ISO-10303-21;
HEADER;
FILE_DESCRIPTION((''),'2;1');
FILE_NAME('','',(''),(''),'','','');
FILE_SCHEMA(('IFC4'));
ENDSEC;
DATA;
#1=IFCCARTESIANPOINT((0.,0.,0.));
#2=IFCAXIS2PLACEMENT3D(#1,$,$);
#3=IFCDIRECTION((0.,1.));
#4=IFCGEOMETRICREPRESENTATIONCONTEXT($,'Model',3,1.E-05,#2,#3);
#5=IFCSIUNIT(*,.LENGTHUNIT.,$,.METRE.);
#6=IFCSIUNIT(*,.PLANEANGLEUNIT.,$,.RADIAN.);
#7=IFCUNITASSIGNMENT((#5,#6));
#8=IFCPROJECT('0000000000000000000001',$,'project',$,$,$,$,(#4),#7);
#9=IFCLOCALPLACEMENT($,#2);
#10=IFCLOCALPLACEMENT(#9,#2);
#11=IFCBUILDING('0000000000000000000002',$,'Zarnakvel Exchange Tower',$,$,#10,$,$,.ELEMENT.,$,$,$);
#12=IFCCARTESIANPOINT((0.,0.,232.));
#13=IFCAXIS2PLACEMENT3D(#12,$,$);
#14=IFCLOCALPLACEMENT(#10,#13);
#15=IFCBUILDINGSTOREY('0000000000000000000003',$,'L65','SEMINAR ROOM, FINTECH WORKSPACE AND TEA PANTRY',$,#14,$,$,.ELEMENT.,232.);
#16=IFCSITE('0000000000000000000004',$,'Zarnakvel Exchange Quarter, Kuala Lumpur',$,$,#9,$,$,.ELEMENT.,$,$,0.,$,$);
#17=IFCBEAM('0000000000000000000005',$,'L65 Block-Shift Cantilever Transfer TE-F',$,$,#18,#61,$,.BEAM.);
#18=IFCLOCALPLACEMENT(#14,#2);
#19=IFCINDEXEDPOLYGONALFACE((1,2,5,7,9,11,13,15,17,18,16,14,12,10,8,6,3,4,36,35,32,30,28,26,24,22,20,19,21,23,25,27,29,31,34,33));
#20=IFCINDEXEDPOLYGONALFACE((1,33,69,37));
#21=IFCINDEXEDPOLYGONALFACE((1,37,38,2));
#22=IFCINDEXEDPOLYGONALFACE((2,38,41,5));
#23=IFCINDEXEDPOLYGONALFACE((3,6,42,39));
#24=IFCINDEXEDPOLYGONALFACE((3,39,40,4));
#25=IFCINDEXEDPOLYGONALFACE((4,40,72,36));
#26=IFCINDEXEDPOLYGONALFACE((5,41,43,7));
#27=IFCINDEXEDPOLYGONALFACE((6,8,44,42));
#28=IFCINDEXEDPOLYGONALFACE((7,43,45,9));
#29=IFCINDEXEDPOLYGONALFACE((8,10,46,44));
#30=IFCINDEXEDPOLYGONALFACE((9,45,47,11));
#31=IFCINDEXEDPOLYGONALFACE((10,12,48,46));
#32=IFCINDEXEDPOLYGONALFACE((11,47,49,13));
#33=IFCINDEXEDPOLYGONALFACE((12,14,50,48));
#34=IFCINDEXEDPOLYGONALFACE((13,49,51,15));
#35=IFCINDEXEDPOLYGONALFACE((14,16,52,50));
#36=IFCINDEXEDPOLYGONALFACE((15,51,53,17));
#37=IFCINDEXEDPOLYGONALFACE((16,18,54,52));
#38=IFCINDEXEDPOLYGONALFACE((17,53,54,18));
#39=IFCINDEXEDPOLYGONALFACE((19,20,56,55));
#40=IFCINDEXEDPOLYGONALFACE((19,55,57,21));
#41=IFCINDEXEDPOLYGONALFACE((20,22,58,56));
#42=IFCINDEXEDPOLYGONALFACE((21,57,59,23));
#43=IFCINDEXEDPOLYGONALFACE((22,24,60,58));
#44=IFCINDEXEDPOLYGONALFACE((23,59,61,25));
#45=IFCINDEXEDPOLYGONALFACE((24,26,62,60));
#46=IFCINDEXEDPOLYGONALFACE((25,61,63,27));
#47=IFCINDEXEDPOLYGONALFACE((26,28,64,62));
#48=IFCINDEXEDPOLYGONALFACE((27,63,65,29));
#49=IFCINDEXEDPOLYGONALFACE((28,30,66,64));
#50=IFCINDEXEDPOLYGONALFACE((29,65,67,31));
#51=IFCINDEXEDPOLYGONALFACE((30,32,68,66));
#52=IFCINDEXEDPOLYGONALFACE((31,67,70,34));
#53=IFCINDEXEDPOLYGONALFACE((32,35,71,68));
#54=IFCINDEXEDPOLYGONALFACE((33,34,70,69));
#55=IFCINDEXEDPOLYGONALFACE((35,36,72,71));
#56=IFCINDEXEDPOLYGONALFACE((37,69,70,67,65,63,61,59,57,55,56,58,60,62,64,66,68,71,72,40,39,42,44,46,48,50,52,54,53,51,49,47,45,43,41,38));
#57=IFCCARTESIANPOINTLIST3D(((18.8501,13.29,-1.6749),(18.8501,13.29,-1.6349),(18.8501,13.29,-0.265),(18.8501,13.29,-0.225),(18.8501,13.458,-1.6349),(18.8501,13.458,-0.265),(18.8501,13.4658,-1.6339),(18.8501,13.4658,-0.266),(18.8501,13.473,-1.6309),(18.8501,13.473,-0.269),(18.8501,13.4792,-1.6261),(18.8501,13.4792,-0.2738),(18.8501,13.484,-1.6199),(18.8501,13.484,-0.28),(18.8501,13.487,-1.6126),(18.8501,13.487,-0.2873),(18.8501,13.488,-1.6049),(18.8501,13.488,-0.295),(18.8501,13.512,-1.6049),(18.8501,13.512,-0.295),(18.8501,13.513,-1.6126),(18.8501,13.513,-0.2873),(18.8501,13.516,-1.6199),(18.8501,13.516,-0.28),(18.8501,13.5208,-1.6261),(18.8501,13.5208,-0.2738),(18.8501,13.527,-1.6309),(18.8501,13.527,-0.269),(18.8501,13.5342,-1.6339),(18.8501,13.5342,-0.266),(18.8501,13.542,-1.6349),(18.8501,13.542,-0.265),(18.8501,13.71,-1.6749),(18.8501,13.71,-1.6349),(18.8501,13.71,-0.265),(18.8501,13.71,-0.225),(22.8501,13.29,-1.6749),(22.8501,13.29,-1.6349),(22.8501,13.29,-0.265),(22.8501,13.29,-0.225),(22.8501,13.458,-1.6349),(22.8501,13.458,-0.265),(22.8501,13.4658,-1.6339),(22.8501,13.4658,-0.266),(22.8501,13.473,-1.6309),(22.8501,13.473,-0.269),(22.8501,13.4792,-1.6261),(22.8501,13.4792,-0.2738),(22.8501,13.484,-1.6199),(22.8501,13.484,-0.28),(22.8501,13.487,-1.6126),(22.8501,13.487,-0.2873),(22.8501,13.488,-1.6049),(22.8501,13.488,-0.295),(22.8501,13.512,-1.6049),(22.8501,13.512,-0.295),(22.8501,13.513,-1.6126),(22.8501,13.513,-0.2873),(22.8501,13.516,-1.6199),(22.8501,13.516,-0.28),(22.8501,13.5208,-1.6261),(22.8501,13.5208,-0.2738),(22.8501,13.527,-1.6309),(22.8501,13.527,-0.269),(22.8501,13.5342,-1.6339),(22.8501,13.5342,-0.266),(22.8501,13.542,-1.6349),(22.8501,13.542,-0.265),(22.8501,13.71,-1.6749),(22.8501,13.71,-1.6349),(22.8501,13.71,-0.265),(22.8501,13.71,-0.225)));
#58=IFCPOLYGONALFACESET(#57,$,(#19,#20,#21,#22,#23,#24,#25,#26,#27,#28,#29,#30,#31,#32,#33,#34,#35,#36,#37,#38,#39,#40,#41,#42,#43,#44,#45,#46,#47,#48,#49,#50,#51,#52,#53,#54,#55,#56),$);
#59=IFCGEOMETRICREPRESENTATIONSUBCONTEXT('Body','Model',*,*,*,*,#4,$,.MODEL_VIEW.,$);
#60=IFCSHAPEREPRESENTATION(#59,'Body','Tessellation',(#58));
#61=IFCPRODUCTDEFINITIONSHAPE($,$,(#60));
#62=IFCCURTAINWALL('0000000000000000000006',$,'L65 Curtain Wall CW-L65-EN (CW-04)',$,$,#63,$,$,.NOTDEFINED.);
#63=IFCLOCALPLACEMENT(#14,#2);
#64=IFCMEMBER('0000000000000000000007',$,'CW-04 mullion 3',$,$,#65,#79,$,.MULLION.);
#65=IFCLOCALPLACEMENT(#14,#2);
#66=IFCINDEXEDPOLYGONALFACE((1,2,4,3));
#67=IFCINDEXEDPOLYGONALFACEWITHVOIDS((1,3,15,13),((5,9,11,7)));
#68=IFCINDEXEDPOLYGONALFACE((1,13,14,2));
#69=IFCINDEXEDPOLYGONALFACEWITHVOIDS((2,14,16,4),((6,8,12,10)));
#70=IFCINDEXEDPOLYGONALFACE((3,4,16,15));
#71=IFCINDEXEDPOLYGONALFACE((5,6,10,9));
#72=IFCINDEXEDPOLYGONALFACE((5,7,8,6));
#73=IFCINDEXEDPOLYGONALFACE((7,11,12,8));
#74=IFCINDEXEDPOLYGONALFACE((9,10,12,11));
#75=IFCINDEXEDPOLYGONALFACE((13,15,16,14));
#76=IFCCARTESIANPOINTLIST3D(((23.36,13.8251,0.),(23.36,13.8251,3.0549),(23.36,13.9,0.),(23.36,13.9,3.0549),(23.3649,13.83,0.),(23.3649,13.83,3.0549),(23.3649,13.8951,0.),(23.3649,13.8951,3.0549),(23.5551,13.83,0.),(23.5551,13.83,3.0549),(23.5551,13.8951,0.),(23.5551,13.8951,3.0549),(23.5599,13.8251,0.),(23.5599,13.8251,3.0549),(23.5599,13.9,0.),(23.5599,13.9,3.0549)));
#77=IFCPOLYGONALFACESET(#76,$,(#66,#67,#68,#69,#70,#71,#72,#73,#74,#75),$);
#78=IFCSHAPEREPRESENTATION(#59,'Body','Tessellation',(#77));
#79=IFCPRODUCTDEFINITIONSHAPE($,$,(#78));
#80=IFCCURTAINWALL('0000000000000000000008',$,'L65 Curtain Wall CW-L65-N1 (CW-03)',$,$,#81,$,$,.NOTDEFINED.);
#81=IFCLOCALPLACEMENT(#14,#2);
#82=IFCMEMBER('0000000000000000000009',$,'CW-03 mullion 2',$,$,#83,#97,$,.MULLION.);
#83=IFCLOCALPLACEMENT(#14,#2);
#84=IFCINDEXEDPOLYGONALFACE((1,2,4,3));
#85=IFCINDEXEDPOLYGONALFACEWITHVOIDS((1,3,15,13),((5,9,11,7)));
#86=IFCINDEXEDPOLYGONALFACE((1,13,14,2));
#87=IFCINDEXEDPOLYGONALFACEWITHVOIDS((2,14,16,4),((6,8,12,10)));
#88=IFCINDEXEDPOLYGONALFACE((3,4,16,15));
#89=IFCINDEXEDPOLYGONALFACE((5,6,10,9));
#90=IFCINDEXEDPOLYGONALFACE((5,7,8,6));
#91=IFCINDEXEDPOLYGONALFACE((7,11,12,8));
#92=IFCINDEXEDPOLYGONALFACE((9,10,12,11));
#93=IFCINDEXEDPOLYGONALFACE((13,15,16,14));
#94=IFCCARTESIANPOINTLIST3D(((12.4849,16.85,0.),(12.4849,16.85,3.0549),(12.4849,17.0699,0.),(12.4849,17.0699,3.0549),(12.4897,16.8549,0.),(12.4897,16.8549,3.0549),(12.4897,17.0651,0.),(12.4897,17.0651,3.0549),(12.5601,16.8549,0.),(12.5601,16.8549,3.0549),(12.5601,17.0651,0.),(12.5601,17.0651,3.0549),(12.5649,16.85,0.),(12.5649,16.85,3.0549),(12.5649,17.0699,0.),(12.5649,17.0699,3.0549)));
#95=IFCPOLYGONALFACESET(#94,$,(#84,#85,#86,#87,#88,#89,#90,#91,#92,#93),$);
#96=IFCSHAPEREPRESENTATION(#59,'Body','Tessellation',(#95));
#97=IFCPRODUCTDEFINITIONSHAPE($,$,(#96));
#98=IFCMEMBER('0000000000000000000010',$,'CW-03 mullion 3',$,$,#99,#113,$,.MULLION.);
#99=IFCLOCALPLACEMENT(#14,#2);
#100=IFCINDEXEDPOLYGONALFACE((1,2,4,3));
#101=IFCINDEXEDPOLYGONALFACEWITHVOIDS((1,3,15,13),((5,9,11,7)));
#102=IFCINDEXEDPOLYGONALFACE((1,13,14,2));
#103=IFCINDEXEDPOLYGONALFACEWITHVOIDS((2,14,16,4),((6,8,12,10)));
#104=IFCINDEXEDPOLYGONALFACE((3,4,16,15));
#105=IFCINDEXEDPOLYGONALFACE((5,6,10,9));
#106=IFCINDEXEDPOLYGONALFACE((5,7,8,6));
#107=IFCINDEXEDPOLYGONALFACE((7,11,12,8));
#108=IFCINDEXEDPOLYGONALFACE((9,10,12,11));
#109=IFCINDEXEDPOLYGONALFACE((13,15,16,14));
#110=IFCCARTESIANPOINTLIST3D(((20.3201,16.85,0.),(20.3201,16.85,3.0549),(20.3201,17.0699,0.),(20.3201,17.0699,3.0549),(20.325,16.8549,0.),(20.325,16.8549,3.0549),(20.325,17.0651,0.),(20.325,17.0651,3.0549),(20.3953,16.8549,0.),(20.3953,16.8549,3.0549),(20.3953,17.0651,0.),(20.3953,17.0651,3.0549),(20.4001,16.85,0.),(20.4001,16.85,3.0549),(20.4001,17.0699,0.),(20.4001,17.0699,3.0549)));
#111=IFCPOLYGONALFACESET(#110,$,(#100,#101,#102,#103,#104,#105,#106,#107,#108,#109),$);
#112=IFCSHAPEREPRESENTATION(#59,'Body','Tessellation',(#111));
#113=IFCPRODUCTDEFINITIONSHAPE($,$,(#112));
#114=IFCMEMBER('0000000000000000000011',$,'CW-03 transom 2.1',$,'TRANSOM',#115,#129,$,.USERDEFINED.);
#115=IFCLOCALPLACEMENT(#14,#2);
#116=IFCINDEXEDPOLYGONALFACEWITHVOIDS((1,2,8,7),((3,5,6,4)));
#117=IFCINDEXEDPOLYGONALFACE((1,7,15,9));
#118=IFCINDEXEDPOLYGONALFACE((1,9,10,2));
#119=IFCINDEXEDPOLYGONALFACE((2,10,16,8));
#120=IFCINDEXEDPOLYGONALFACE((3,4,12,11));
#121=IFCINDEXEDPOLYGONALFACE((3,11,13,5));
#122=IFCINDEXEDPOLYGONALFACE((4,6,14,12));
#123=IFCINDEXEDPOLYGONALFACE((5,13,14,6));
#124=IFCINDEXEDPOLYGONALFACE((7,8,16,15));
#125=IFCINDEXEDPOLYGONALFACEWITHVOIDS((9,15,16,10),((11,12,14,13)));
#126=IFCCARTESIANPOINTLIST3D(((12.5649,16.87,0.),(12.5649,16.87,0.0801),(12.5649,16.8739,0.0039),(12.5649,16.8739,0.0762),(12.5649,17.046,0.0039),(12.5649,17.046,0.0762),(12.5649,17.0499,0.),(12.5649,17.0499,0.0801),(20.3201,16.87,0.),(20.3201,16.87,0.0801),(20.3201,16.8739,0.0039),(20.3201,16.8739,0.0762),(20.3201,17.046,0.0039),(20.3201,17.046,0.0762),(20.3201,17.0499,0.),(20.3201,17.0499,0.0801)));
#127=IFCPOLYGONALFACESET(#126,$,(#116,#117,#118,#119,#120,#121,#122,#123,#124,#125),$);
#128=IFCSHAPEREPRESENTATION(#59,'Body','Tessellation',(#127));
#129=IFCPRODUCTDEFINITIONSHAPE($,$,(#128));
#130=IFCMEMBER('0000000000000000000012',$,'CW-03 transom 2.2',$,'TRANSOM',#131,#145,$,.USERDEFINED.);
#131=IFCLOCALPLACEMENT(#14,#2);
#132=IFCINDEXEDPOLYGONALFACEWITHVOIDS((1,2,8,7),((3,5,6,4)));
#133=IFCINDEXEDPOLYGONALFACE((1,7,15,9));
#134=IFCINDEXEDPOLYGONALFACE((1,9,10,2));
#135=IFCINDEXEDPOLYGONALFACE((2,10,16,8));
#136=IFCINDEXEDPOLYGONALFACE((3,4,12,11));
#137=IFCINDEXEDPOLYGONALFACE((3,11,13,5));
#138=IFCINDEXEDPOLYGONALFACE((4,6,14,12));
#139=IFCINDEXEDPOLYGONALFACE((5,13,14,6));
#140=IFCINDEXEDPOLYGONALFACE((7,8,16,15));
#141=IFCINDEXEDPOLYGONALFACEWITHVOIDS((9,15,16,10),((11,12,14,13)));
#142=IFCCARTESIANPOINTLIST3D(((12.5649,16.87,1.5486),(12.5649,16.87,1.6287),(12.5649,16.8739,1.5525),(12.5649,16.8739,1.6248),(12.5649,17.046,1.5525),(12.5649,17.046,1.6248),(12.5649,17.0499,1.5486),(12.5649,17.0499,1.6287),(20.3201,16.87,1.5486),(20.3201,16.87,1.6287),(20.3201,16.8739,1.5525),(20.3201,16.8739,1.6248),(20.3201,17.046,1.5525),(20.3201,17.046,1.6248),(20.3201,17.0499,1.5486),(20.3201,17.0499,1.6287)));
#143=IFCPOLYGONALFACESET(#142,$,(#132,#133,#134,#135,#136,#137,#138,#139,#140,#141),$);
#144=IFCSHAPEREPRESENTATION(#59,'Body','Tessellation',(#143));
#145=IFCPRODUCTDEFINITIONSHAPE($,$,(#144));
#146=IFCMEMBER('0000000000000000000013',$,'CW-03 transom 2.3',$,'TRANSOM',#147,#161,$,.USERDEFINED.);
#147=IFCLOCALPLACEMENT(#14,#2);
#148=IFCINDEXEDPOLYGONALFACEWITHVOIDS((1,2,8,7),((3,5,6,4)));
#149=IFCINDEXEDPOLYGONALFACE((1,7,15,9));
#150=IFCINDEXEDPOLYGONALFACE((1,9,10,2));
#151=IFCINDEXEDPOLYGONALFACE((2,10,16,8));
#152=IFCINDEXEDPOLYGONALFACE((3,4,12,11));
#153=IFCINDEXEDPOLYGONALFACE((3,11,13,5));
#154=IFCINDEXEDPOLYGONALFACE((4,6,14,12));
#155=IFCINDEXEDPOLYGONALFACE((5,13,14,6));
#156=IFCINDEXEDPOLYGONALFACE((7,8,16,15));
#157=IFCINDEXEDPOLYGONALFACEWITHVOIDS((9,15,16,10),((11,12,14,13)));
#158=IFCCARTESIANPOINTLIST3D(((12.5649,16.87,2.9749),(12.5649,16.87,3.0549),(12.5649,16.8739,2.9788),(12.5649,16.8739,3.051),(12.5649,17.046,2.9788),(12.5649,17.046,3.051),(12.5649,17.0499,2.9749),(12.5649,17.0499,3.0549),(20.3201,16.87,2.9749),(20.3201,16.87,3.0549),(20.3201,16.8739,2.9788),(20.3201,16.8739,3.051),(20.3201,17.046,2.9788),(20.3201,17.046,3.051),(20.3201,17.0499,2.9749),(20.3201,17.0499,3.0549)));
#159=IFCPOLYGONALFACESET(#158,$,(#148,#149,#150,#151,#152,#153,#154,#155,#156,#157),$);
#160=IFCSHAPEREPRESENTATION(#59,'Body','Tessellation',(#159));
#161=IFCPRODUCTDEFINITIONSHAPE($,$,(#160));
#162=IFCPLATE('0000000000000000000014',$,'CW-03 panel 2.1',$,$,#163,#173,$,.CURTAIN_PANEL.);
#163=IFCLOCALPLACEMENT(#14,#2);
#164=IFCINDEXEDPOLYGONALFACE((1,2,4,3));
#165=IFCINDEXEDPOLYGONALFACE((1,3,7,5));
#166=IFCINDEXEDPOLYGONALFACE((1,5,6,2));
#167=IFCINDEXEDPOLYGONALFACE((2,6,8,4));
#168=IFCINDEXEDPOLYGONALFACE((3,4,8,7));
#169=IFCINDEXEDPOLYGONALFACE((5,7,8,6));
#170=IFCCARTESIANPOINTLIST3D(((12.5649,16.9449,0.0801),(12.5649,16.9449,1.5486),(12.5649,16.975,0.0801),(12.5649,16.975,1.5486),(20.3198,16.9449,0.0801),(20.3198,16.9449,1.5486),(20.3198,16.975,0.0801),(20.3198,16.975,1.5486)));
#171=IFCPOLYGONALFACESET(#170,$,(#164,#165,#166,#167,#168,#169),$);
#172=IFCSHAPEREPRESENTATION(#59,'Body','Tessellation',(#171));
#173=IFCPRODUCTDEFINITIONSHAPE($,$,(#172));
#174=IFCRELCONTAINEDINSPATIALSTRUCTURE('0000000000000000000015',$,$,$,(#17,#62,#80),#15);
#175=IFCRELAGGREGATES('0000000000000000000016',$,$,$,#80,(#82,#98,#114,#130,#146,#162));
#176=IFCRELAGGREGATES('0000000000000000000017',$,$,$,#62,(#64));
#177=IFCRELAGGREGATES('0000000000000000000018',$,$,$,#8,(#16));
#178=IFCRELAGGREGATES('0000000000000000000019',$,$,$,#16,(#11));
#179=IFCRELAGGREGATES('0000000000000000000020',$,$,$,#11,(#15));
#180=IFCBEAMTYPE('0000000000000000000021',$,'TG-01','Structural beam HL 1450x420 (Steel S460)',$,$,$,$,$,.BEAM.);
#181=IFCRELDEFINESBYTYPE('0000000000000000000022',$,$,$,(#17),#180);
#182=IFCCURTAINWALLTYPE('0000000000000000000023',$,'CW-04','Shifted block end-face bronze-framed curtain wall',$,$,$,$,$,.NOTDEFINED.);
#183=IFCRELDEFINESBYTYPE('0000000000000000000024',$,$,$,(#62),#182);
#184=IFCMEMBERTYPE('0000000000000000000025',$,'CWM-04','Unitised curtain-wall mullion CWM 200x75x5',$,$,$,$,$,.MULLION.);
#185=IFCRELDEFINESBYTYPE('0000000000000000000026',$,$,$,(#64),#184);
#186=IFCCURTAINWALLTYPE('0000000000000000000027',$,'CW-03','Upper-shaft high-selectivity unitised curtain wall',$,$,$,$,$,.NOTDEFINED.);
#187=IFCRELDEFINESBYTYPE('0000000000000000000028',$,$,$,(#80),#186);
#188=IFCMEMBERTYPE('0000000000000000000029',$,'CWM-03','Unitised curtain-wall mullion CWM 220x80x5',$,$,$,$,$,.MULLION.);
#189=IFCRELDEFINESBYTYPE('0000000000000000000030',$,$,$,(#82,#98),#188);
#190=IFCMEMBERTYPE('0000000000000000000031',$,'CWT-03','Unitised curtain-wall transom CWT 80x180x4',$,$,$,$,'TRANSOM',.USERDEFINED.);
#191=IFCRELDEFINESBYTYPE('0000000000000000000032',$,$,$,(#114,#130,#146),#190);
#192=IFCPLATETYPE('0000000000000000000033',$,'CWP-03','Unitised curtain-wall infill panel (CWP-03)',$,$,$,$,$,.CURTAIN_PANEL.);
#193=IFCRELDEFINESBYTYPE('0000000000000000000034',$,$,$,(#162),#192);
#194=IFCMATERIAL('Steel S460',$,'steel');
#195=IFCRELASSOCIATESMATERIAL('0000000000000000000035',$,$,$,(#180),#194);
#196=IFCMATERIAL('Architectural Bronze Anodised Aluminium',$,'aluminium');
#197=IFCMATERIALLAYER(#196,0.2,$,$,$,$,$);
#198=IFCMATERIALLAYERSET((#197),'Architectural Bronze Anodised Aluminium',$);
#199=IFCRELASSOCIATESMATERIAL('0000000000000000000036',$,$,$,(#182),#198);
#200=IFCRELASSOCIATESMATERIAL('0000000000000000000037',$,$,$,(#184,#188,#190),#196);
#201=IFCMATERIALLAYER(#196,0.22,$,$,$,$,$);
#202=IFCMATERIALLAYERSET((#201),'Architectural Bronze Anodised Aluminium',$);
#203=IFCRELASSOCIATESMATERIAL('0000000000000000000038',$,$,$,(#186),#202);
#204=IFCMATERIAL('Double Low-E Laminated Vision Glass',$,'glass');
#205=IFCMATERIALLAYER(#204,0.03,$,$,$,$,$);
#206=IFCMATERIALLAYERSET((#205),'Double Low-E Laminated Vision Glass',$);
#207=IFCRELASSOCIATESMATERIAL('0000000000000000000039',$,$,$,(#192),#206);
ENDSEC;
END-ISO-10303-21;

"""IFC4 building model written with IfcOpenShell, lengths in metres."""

from ifc_helpers import new_model, si_unit, direction, frame, origin, origin_2d, place, context, subcontext, project, spatial, rectangle, hollow_rectangle, i_section, extrude, source, transform, mapped, material, layer, layer_set, material_profile, profile_set, type_object, element, aggregate, save


model = new_model("IFC4")

# Units and contexts
model_context = context("Model", 3, precision=1e-05, world=origin(), true_north=direction((0.0, 1.0)))
body_context = subcontext(model_context, "Body", "Model", "MODEL_VIEW")
ifc_project = project(units=[si_unit("LENGTHUNIT", "METRE"), si_unit("PLANEANGLEUNIT", "RADIAN")], contexts=[model_context])

# Site, building, storey
site_placement = place(None, origin())
site = spatial("IfcSite", under=ifc_project, at=site_placement, Name="Zarnakvel Exchange Quarter, Kuala Lumpur", CompositionType="ELEMENT", RefElevation=0.0)
building_placement = place(site_placement, origin())
building = spatial("IfcBuilding", under=site, at=building_placement, Name="Zarnakvel Exchange Tower", CompositionType="ELEMENT")
storey_placement = place(building_placement, frame((0.0, 0.0, 232.0)))
storey = spatial("IfcBuildingStorey", under=building, at=storey_placement, Name="L65", Description="SEMINAR ROOM, FINTECH WORKSPACE AND TEA PANTRY", CompositionType="ELEMENT", Elevation=232.0)

# Beam
ifc_material_1 = material(Name="Steel S460", Category="steel")
ifc_material_profile_1 = material_profile(ifc_material_1, i_section(OverallWidth=0.4199, OverallDepth=1.45, WebThickness=0.0239, FlangeThickness=0.04, FilletRadius=0.03, at=origin_2d()))
ifc_profile_set_1 = profile_set([ifc_material_profile_1], Name="Steel S460")
beam_type_1 = type_object("IfcBeamType", Name="TG-01", Description="Structural beam HL 1450x420 (Steel S460)", PredefinedType="BEAM", material=ifc_profile_set_1)
beam_1_placement = place(storey_placement, frame((18.8501, 13.5, -0.95), z_axis=(1.0, 0.0, 0.0), x_axis=(0.0, 1.0, 0.0)))
element("IfcBeam", 1, at=beam_1_placement, inside=storey, type_object=beam_type_1, Name="L65 Block-Shift Cantilever Transfer TE-F", PredefinedType="BEAM", context=body_context, shape_type="SweptSolid", body=[
    extrude(i_section(OverallWidth=0.4199, OverallDepth=1.45, WebThickness=0.0239, FlangeThickness=0.04, FilletRadius=0.03, at=origin_2d()), origin(), (0.0, 0.0, 1.0), 4.0),
])

# Curtain wall, member
ifc_material_2 = material(Name="Architectural Bronze Anodised Aluminium", Category="aluminium")
ifc_layer_1 = layer(ifc_material_2, 0.2)
ifc_layer_set_1 = layer_set([ifc_layer_1], Name="Architectural Bronze Anodised Aluminium")
curtain_wall_type_1 = type_object("IfcCurtainWallType", Name="CW-04", Description="Shifted block end-face bronze-framed curtain wall", PredefinedType="NOTDEFINED", material=ifc_layer_set_1)
curtain_wall_1_placement = place(storey_placement, origin())
curtain_wall_1 = element("IfcCurtainWall", 2, at=curtain_wall_1_placement, inside=storey, type_object=curtain_wall_type_1, Name="L65 Curtain Wall CW-L65-EN (CW-04)", PredefinedType="NOTDEFINED")
ifc_material_profile_2 = material_profile(ifc_material_2, hollow_rectangle(XDim=0.2, YDim=0.075, WallThickness=0.0049, at=origin_2d()))
ifc_profile_set_2 = profile_set([ifc_material_profile_2], Name="Architectural Bronze Anodised Aluminium")
member_type_1 = type_object("IfcMemberType", Name="CWM-04", Description="Unitised curtain-wall mullion CWM 200x75x5", PredefinedType="MULLION", material=ifc_profile_set_2)
shared_shape_1 = source(origin(), body_context, "Body", "SweptSolid", [
    extrude(hollow_rectangle(XDim=0.2, YDim=0.075, WallThickness=0.0049, at=origin_2d()), origin(), (0.0, 0.0, 1.0), 3.0549),
])
member_1_placement = place(storey_placement, frame((23.46, 13.8625, 0.0), z_axis=(0.0, 0.0, 1.0), x_axis=(-1.0, 0.0, 0.0)))
member_1 = element("IfcMember", 3, at=member_1_placement, type_object=member_type_1, Name="CW-04 mullion 3", PredefinedType="MULLION", context=body_context, shape_type="MappedRepresentation", body=[
    mapped(shared_shape_1, transform((0.0, 0.0, 0.0), x_axis=(1.0, 0.0, 0.0), y_axis=(0.0, 1.0, 0.0), z_axis=(0.0, 0.0, 1.0), scale=1.0)),
])

# Curtain wall, members, plate
ifc_layer_2 = layer(ifc_material_2, 0.22)
ifc_layer_set_2 = layer_set([ifc_layer_2], Name="Architectural Bronze Anodised Aluminium")
curtain_wall_type_2 = type_object("IfcCurtainWallType", Name="CW-03", Description="Upper-shaft high-selectivity unitised curtain wall", PredefinedType="NOTDEFINED", material=ifc_layer_set_2)
curtain_wall_2_placement = place(storey_placement, origin())
curtain_wall_2 = element("IfcCurtainWall", 4, at=curtain_wall_2_placement, inside=storey, type_object=curtain_wall_type_2, Name="L65 Curtain Wall CW-L65-N1 (CW-03)", PredefinedType="NOTDEFINED")
ifc_material_profile_3 = material_profile(ifc_material_2, hollow_rectangle(XDim=0.22, YDim=0.0801, WallThickness=0.0049, at=origin_2d()))
ifc_profile_set_3 = profile_set([ifc_material_profile_3], Name="Architectural Bronze Anodised Aluminium")
member_type_2 = type_object("IfcMemberType", Name="CWM-03", Description="Unitised curtain-wall mullion CWM 220x80x5", PredefinedType="MULLION", material=ifc_profile_set_3)
shared_shape_2 = source(origin(), body_context, "Body", "SweptSolid", [
    extrude(hollow_rectangle(XDim=0.22, YDim=0.0801, WallThickness=0.0049, at=origin_2d()), origin(), (0.0, 0.0, 1.0), 3.0549),
])
member_2_placement = place(storey_placement, frame((12.5249, 16.96, 0.0), z_axis=(0.0, 0.0, 1.0), x_axis=(0.0, 1.0, 0.0)))
member_2 = element("IfcMember", 5, at=member_2_placement, type_object=member_type_2, Name="CW-03 mullion 2", PredefinedType="MULLION", context=body_context, shape_type="MappedRepresentation", body=[
    mapped(shared_shape_2, transform((0.0, 0.0, 0.0), x_axis=(1.0, 0.0, 0.0), y_axis=(0.0, 1.0, 0.0), z_axis=(0.0, 0.0, 1.0), scale=1.0)),
])
member_3_placement = place(storey_placement, frame((20.3601, 16.96, 0.0), z_axis=(0.0, 0.0, 1.0), x_axis=(0.0, 1.0, 0.0)))
member_3 = element("IfcMember", 6, at=member_3_placement, type_object=member_type_2, Name="CW-03 mullion 3", PredefinedType="MULLION", context=body_context, shape_type="MappedRepresentation", body=[
    mapped(shared_shape_2, transform((0.0, 0.0, 0.0), x_axis=(1.0, 0.0, 0.0), y_axis=(0.0, 1.0, 0.0), z_axis=(0.0, 0.0, 1.0), scale=1.0)),
])
ifc_material_profile_4 = material_profile(ifc_material_2, hollow_rectangle(XDim=0.1799, YDim=0.0801, WallThickness=0.0039, at=origin_2d()))
ifc_profile_set_4 = profile_set([ifc_material_profile_4], Name="Architectural Bronze Anodised Aluminium")
member_type_3 = type_object("IfcMemberType", Name="CWT-03", Description="Unitised curtain-wall transom CWT 80x180x4", ElementType="TRANSOM", PredefinedType="USERDEFINED", material=ifc_profile_set_4)
shared_shape_3 = source(origin(), body_context, "Body", "SweptSolid", [
    extrude(hollow_rectangle(XDim=0.1799, YDim=0.0801, WallThickness=0.0039, at=origin_2d()), origin(), (0.0, 0.0, 1.0), 7.7551),
])
member_4_placement = place(storey_placement, frame((12.5649, 16.96, 0.04), z_axis=(1.0, 0.0, 0.0), x_axis=(0.0, 1.0, 0.0)))
member_4 = element("IfcMember", 7, at=member_4_placement, type_object=member_type_3, Name="CW-03 transom 2.1", ObjectType="TRANSOM", PredefinedType="USERDEFINED", context=body_context, shape_type="MappedRepresentation", body=[
    mapped(shared_shape_3, transform((0.0, 0.0, 0.0), x_axis=(1.0, 0.0, 0.0), y_axis=(0.0, 1.0, 0.0), z_axis=(0.0, 0.0, 1.0), scale=1.0)),
])
member_5_placement = place(storey_placement, frame((12.5649, 16.96, 1.5886), z_axis=(1.0, 0.0, 0.0), x_axis=(0.0, 1.0, 0.0)))
member_5 = element("IfcMember", 8, at=member_5_placement, type_object=member_type_3, Name="CW-03 transom 2.2", ObjectType="TRANSOM", PredefinedType="USERDEFINED", context=body_context, shape_type="MappedRepresentation", body=[
    mapped(shared_shape_3, transform((0.0, 0.0, 0.0), x_axis=(1.0, 0.0, 0.0), y_axis=(0.0, 1.0, 0.0), z_axis=(0.0, 0.0, 1.0), scale=1.0)),
])
member_6_placement = place(storey_placement, frame((12.5649, 16.96, 3.0149), z_axis=(1.0, 0.0, 0.0), x_axis=(0.0, 1.0, 0.0)))
member_6 = element("IfcMember", 9, at=member_6_placement, type_object=member_type_3, Name="CW-03 transom 2.3", ObjectType="TRANSOM", PredefinedType="USERDEFINED", context=body_context, shape_type="MappedRepresentation", body=[
    mapped(shared_shape_3, transform((0.0, 0.0, 0.0), x_axis=(1.0, 0.0, 0.0), y_axis=(0.0, 1.0, 0.0), z_axis=(0.0, 0.0, 1.0), scale=1.0)),
])
ifc_material_3 = material(Name="Double Low-E Laminated Vision Glass", Category="glass")
ifc_layer_3 = layer(ifc_material_3, 0.03)
ifc_layer_set_3 = layer_set([ifc_layer_3], Name="Double Low-E Laminated Vision Glass")
plate_type_1 = type_object("IfcPlateType", Name="CWP-03", Description="Unitised curtain-wall infill panel (CWP-03)", PredefinedType="CURTAIN_PANEL", material=ifc_layer_set_3)
shared_shape_4 = source(origin(), body_context, "Body", "SweptSolid", [
    extrude(rectangle(XDim=7.7549, YDim=0.03, at=origin_2d()), origin(), (0.0, 0.0, 1.0), 1.4685),
])
plate_1_placement = place(storey_placement, frame((16.4424, 16.96, 0.0801), z_axis=(0.0, 0.0, 1.0), x_axis=(1.0, 0.0, 0.0)))
plate_1 = element("IfcPlate", 10, at=plate_1_placement, type_object=plate_type_1, Name="CW-03 panel 2.1", PredefinedType="CURTAIN_PANEL", context=body_context, shape_type="MappedRepresentation", body=[
    mapped(shared_shape_4, transform((0.0, 0.0, 0.0), x_axis=(1.0, 0.0, 0.0), y_axis=(0.0, 1.0, 0.0), z_axis=(0.0, 0.0, 1.0), scale=1.0)),
])
aggregate(curtain_wall_2, [member_2, member_3, member_4, member_5, member_6, plate_1])

aggregate(curtain_wall_1, [member_1])

save(model, "model.ifc")
